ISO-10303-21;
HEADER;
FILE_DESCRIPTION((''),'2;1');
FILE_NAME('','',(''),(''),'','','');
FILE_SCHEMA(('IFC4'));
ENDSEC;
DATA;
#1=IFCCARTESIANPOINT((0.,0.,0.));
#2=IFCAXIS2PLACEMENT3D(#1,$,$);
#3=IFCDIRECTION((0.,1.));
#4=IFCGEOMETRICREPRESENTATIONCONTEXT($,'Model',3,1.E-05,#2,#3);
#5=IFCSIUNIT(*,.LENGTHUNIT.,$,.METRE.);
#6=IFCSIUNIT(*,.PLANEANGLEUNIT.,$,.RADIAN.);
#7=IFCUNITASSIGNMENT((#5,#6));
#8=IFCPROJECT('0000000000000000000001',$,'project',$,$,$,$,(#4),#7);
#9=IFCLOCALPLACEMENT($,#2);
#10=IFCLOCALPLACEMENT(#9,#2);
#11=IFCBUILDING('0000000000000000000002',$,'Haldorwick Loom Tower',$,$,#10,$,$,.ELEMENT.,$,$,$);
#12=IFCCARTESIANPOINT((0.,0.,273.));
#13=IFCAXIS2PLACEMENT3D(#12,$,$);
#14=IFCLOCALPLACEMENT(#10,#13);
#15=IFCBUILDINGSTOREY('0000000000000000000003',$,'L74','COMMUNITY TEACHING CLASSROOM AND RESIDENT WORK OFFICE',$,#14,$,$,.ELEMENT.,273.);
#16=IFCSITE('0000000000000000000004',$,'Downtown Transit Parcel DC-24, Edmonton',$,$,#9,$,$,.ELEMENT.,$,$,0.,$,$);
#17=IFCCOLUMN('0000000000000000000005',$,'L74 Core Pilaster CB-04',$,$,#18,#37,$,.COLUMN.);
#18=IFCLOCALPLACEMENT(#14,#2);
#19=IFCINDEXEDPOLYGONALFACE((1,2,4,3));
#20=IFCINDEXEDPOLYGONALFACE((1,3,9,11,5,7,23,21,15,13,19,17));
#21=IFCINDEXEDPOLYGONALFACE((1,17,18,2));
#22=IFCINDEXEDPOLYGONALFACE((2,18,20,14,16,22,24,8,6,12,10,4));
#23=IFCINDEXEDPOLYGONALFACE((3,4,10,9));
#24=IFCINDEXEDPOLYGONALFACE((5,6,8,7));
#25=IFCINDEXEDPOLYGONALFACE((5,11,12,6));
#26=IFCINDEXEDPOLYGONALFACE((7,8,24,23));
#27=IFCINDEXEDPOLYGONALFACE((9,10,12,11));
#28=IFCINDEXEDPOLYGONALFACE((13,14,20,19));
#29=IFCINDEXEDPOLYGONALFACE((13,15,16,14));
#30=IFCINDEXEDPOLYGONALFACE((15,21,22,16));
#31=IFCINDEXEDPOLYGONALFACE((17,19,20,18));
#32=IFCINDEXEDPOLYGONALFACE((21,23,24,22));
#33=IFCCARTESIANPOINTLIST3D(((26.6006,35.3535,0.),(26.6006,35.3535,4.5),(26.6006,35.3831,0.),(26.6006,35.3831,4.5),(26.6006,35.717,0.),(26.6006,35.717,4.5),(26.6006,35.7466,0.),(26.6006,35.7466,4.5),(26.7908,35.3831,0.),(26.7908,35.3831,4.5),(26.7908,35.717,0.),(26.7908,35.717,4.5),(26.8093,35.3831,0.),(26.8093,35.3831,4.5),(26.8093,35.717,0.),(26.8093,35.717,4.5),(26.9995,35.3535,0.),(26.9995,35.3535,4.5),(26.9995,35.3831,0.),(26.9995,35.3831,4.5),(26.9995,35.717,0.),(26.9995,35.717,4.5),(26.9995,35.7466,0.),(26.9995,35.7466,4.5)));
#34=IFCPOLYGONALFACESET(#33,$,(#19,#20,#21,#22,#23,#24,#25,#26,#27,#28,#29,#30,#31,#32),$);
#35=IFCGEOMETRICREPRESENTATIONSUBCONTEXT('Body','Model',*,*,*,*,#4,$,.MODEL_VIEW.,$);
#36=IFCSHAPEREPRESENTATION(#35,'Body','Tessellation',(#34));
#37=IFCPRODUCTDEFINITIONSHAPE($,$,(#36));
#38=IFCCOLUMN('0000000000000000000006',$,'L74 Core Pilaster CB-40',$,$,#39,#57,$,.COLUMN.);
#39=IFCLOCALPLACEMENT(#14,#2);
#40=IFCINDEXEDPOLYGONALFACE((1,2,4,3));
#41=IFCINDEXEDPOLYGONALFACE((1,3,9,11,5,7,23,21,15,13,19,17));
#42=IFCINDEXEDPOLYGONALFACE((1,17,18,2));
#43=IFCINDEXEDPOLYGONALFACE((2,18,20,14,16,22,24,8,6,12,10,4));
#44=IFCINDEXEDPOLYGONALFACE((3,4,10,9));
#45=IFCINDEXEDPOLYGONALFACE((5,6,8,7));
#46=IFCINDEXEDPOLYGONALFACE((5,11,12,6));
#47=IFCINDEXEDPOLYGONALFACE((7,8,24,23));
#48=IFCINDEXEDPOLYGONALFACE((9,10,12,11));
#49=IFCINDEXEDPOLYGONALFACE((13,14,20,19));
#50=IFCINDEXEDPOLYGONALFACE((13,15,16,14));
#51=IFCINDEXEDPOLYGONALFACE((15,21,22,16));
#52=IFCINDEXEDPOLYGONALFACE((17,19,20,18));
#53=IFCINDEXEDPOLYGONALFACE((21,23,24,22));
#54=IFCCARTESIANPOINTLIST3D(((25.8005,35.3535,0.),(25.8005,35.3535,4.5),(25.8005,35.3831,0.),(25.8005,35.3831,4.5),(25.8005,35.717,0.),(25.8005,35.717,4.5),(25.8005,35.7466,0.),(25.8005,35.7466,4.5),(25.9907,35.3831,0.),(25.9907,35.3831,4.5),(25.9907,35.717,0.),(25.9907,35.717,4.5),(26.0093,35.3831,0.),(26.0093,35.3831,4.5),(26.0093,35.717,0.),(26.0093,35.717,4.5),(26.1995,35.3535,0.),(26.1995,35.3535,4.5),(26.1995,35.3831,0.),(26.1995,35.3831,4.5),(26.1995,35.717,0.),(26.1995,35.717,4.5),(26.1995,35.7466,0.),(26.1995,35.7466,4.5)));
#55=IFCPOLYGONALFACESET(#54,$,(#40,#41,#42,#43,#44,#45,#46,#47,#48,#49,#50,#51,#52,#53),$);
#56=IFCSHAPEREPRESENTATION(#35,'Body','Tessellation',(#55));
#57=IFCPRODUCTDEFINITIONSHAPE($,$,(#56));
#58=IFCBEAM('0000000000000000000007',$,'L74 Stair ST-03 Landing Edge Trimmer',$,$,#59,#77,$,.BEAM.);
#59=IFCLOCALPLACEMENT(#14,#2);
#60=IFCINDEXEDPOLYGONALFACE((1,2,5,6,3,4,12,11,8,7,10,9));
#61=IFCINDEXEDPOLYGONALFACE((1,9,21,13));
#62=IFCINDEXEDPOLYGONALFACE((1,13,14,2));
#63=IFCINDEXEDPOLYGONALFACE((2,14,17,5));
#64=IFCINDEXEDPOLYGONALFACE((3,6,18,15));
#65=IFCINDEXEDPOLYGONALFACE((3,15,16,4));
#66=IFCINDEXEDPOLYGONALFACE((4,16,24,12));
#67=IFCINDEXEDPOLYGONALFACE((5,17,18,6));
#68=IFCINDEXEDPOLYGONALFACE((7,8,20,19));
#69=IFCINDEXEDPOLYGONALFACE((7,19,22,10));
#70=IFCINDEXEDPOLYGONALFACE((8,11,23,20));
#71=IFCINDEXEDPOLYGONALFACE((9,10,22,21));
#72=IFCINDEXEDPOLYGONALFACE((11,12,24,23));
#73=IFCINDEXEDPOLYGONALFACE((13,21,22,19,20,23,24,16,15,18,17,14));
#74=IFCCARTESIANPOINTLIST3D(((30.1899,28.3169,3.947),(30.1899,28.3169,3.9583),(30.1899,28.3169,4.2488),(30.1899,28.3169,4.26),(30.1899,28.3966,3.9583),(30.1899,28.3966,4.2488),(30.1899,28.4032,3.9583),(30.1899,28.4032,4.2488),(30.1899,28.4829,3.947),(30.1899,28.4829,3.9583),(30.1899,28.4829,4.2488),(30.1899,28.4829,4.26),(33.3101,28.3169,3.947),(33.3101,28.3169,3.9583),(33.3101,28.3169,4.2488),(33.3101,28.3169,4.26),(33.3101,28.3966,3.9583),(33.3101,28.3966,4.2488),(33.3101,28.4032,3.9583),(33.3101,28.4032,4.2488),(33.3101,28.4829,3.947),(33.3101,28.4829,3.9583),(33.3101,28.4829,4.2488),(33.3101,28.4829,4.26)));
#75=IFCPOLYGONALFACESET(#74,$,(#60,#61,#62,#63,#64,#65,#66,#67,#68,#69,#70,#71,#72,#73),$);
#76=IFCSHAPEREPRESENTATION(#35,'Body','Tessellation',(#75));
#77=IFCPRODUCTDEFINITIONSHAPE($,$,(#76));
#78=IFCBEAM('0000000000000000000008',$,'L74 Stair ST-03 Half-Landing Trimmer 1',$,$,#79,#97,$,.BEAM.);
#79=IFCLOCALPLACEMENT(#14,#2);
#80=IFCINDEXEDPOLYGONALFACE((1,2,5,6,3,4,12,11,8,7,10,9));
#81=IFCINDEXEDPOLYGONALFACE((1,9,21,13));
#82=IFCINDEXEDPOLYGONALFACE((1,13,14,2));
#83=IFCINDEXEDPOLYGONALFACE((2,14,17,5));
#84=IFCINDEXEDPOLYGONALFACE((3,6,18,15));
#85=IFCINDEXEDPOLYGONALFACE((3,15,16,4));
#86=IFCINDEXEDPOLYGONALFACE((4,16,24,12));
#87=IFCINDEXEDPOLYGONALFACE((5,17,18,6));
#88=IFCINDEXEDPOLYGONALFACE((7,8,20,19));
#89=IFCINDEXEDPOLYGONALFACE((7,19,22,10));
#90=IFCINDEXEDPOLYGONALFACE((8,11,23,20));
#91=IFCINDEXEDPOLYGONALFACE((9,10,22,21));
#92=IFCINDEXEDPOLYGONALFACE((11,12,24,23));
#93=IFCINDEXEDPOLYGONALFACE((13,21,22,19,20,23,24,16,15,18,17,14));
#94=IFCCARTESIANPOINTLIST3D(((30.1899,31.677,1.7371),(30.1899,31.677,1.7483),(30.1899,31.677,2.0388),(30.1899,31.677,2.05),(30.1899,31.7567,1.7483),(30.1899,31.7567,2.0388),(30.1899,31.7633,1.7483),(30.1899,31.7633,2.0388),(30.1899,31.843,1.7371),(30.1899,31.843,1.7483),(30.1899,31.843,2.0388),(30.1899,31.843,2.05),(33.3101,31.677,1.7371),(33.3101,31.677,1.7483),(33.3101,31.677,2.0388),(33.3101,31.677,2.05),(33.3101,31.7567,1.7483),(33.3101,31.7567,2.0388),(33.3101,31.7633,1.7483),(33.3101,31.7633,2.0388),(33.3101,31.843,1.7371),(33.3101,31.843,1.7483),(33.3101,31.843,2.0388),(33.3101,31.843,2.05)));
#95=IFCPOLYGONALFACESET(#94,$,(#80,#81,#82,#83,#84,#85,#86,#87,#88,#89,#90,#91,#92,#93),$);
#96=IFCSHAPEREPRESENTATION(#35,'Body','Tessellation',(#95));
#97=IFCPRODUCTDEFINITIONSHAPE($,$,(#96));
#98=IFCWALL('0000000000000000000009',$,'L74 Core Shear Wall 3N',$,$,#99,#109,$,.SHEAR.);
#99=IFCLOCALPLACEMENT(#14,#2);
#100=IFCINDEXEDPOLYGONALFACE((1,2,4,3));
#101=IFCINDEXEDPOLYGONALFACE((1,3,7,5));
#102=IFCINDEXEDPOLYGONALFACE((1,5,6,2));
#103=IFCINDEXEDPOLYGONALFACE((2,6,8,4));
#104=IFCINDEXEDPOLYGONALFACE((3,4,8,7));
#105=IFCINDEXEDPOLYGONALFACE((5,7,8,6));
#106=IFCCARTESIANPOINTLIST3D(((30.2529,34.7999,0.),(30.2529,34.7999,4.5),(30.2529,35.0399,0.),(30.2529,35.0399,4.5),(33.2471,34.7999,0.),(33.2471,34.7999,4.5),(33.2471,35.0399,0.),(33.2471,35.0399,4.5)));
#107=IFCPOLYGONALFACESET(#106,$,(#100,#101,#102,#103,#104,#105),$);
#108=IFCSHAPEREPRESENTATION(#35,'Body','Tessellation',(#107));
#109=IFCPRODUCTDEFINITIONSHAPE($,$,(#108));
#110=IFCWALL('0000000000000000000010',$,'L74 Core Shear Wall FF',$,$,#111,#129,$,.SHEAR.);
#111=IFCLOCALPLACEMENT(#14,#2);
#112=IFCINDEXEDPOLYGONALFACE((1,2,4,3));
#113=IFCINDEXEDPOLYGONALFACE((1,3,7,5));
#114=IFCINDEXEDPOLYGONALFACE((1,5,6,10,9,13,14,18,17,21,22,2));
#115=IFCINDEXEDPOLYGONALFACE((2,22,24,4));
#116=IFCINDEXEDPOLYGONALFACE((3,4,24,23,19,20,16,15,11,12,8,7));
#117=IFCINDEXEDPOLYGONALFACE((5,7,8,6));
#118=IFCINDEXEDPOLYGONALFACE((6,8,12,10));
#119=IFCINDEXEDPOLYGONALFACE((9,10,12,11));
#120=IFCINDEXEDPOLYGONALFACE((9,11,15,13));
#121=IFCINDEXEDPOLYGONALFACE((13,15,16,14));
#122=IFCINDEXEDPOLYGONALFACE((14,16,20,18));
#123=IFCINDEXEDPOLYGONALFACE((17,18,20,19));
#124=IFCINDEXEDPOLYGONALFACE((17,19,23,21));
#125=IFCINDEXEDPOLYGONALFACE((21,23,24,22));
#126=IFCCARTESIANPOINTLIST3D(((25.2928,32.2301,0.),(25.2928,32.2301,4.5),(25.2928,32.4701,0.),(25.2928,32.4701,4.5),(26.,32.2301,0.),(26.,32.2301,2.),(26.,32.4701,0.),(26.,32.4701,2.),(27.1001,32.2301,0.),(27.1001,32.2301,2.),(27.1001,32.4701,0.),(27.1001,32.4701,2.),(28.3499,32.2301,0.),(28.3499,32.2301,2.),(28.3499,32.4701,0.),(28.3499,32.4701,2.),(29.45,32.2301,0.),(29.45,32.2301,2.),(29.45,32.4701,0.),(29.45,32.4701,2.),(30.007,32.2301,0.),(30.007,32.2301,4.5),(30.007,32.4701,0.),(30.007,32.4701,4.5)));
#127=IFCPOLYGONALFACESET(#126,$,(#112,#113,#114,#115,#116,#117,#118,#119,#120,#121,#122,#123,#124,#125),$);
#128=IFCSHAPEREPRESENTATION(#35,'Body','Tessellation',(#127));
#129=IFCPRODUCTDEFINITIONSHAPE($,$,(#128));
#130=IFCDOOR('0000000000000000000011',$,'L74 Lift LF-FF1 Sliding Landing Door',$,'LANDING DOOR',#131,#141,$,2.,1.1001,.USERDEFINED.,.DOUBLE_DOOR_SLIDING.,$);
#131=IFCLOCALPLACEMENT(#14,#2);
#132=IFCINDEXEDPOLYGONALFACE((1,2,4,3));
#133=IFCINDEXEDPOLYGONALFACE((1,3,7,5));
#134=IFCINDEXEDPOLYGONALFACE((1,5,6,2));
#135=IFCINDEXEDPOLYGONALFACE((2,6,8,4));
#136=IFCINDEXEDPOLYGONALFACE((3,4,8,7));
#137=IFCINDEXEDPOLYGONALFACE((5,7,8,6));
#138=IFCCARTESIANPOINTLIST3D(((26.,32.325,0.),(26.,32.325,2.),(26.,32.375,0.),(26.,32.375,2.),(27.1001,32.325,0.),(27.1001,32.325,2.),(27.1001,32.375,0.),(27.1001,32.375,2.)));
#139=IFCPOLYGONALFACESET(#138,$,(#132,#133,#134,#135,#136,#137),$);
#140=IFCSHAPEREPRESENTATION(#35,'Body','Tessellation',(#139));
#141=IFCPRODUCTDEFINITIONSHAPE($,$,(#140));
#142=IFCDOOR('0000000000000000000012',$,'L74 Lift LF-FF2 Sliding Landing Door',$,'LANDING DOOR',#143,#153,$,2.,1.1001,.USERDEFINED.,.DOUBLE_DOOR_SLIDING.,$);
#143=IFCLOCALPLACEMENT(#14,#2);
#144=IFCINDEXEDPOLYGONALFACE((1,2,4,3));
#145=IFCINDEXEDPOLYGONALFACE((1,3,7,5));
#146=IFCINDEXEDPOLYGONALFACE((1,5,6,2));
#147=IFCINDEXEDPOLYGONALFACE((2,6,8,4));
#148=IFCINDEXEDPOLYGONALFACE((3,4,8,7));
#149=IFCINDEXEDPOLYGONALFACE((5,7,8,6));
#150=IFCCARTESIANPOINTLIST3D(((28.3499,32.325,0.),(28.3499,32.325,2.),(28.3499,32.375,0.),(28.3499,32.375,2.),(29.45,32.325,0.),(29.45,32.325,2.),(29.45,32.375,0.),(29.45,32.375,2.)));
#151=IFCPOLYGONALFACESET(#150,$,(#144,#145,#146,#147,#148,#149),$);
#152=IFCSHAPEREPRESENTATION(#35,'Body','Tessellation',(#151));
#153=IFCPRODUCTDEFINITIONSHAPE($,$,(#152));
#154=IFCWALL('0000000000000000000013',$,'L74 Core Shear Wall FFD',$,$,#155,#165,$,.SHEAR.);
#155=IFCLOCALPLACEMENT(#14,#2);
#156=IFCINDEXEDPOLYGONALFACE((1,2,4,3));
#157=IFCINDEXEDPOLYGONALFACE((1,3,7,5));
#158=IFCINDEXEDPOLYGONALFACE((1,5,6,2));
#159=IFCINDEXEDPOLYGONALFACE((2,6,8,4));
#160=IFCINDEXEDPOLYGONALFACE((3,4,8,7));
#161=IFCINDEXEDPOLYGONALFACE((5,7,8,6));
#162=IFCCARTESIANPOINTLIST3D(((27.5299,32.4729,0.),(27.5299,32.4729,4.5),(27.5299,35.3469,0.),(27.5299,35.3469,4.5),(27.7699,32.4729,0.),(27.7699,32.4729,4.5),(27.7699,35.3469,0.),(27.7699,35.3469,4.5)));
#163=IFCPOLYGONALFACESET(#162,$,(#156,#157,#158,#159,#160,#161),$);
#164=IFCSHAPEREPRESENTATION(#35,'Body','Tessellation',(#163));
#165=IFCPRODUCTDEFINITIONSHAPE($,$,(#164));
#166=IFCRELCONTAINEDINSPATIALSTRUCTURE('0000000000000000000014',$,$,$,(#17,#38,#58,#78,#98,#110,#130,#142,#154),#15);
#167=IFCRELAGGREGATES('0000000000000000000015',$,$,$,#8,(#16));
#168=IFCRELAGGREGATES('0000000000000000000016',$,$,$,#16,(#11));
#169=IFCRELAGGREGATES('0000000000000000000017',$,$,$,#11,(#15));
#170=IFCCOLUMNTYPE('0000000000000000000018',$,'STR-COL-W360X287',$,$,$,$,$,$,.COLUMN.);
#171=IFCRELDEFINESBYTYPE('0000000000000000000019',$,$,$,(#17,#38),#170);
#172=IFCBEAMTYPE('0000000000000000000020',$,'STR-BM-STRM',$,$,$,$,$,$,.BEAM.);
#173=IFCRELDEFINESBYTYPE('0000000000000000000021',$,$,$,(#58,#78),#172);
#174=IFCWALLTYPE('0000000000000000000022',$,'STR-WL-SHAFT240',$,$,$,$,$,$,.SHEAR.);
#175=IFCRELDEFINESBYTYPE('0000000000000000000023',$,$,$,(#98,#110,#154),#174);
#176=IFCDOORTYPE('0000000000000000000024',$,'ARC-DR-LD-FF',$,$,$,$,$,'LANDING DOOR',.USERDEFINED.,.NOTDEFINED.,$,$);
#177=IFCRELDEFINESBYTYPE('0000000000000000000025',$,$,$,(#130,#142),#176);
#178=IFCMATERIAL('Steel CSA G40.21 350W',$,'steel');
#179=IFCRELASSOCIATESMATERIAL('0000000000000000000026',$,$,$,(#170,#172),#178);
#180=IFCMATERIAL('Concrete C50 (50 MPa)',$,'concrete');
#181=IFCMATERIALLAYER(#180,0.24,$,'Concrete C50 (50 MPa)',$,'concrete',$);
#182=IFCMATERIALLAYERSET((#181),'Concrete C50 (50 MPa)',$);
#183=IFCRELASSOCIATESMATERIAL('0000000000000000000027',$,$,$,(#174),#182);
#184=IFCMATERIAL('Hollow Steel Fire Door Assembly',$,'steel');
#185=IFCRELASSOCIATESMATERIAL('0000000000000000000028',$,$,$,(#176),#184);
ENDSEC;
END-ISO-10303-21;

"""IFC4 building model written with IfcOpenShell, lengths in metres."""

from ifc_helpers import new_model, si_unit, direction, frame, frame_2d, origin, origin_2d, place, context, subcontext, project, spatial, rectangle, i_section, extrude, material, layer, layer_set, material_profile, profile_set, type_object, element, fill, save


model = new_model("IFC4")

# Units and contexts
model_context = context("Model", 3, precision=1e-05, world=origin(), true_north=direction((0.0, 1.0)))
body_context = subcontext(model_context, "Body", "Model", "MODEL_VIEW")
ifc_project = project(units=[si_unit("LENGTHUNIT", "METRE"), si_unit("PLANEANGLEUNIT", "RADIAN")], contexts=[model_context])

# Site, building, storey
site_placement = place(None, origin())
site = spatial("IfcSite", under=ifc_project, at=site_placement, Name="Downtown Transit Parcel DC-24, Edmonton", CompositionType="ELEMENT", RefElevation=0.0)
building_placement = place(site_placement, origin())
building = spatial("IfcBuilding", under=site, at=building_placement, Name="Haldorwick Loom Tower", CompositionType="ELEMENT")
storey_placement = place(building_placement, frame((0.0, 0.0, 273.0)))
storey = spatial("IfcBuildingStorey", under=building, at=storey_placement, Name="L74", Description="COMMUNITY TEACHING CLASSROOM AND RESIDENT WORK OFFICE", CompositionType="ELEMENT", Elevation=273.0)

# Columns
ifc_material_1 = material(Name="Steel CSA G40.21 350W", Category="steel")
ifc_material_profile_1 = material_profile(ifc_material_1, i_section(OverallWidth=0.3989, OverallDepth=0.3931, WebThickness=0.0186, FlangeThickness=0.0295, at=origin_2d()), Name="W360X287", Category="steel")
ifc_profile_set_1 = profile_set([ifc_material_profile_1], Name="Steel CSA G40.21 350W")
column_type = type_object("IfcColumnType", Name="STR-COL-W360X287", PredefinedType="COLUMN", material=ifc_profile_set_1)
for number, where, z_axis, x_axis, name in (
    (1, (26.8, 35.55, 0.0), (0.0, 0.0, 1.0), (1.0, 0.0, 0.0), "L74 Core Pilaster CB-04"),
    (2, (26.0, 35.55, 0.0), (0.0, 0.0, 1.0), (1.0, 0.0, 0.0), "L74 Core Pilaster CB-40"),
):
    element("IfcColumn", number, at=place(storey_placement, frame(where, z_axis=z_axis, x_axis=x_axis)), inside=storey, type_object=column_type, Name=name, PredefinedType="COLUMN", context=body_context, shape_type="SweptSolid", body=[
        extrude(i_section(OverallWidth=0.3989, OverallDepth=0.3931, WebThickness=0.0186, FlangeThickness=0.0295, at=origin_2d()), origin(), (0.0, 0.0, 1.0), 4.5),
    ])

# Beams
ifc_material_profile_2 = material_profile(ifc_material_1, i_section(OverallWidth=0.166, OverallDepth=0.313, WebThickness=0.0066, FlangeThickness=0.0112, at=origin_2d()), Name="W310X45", Category="steel")
ifc_profile_set_2 = profile_set([ifc_material_profile_2], Name="Steel CSA G40.21 350W")
beam_type = type_object("IfcBeamType", Name="STR-BM-STRM", PredefinedType="BEAM", material=ifc_profile_set_2)
for number, where, z_axis, x_axis, name in (
    (3, (30.1899, 28.3999, 4.1035), (1.0, 0.0, 0.0), (0.0, 1.0, 0.0), "L74 Stair ST-03 Landing Edge Trimmer"),
    (4, (30.1899, 31.76, 1.8936), (1.0, 0.0, 0.0), (0.0, 1.0, 0.0), "L74 Stair ST-03 Half-Landing Trimmer 1"),
):
    element("IfcBeam", number, at=place(storey_placement, frame(where, z_axis=z_axis, x_axis=x_axis)), inside=storey, type_object=beam_type, Name=name, PredefinedType="BEAM", context=body_context, shape_type="SweptSolid", body=[
        extrude(i_section(OverallWidth=0.166, OverallDepth=0.313, WebThickness=0.0066, FlangeThickness=0.0112, at=origin_2d()), origin(), (0.0, 0.0, 1.0), 3.1201),
    ])

# Wall
ifc_material_2 = material(Name="Concrete C50 (50 MPa)", Category="concrete")
ifc_layer = layer(ifc_material_2, 0.24, Name="Concrete C50 (50 MPa)", Category="concrete")
ifc_layer_set = layer_set([ifc_layer], Name="Concrete C50 (50 MPa)")
wall_type = type_object("IfcWallType", Name="STR-WL-SHAFT240", PredefinedType="SHEAR", material=ifc_layer_set)
wall_1_placement = place(storey_placement, frame((30.2529, 34.9199, 0.0), z_axis=(0.0, 0.0, 1.0), x_axis=(1.0, 0.0, 0.0)))
element("IfcWall", 5, at=wall_1_placement, inside=storey, type_object=wall_type, Name="L74 Core Shear Wall 3N", PredefinedType="SHEAR", context=body_context, shape_type="SweptSolid", body=[
    extrude(rectangle(XDim=2.9941, YDim=0.24, at=frame_2d((1.4971, 0.0))), origin(), (0.0, 0.0, 1.0), 4.5),
])

# Wall, openings, doors
wall_2_placement = place(storey_placement, frame((25.293, 32.3501, 0.0), z_axis=(0.0, 0.0, 1.0), x_axis=(1.0, 0.0, 0.0)))
wall_2 = element("IfcWall", 6, at=wall_2_placement, inside=storey, type_object=wall_type, Name="L74 Core Shear Wall FF", PredefinedType="SHEAR", context=body_context, shape_type="SweptSolid", body=[
    extrude(rectangle(XDim=4.7141, YDim=0.24, at=frame_2d((2.3569, 0.0))), origin(), (0.0, 0.0, 1.0), 4.5),
])
opening_1_placement = place(wall_2_placement, frame((0.707, 0.0, 0.0)))
opening_1 = element("IfcOpeningElement", 7, at=opening_1_placement, cuts=wall_2, PredefinedType="OPENING", context=body_context, shape_type="SweptSolid", body=[
    extrude(rectangle(XDim=1.1001, YDim=2.0, at=frame_2d((0.55, 1.0))), frame((0.0, 0.1299, 0.0), z_axis=(0.0, -1.0, 0.0), x_axis=(1.0, 0.0, 0.0)), (0.0, 0.0, 1.0), 0.26),
])
opening_2_placement = place(wall_2_placement, frame((3.0569, 0.0, 0.0)))
opening_2 = element("IfcOpeningElement", 8, at=opening_2_placement, cuts=wall_2, PredefinedType="OPENING", context=body_context, shape_type="SweptSolid", body=[
    extrude(rectangle(XDim=1.1001, YDim=2.0, at=frame_2d((0.55, 1.0))), frame((0.0, 0.1299, 0.0), z_axis=(0.0, -1.0, 0.0), x_axis=(1.0, 0.0, 0.0)), (0.0, 0.0, 1.0), 0.26),
])
ifc_material_3 = material(Name="Hollow Steel Fire Door Assembly", Category="steel")
door_type_1 = type_object("IfcDoorType", Name="ARC-DR-LD-FF", ElementType="LANDING DOOR", OperationType="NOTDEFINED", PredefinedType="USERDEFINED", material=ifc_material_3)
door_1_placement = place(opening_1_placement, origin())
door_1 = element("IfcDoor", 9, at=door_1_placement, inside=storey, type_object=door_type_1, Name="L74 Lift LF-FF1 Sliding Landing Door", ObjectType="LANDING DOOR", OperationType="DOUBLE_DOOR_SLIDING", OverallHeight=2.0, OverallWidth=1.1001, PredefinedType="USERDEFINED", context=body_context, shape_type="SweptSolid", body=[
    extrude(rectangle(XDim=1.1001, YDim=2.0, at=frame_2d((0.55, 1.0))), frame((0.0, 0.0249, 0.0), z_axis=(0.0, -1.0, 0.0), x_axis=(1.0, 0.0, 0.0)), (0.0, 0.0, 1.0), 0.05),
])
fill(opening_1, door_1)
door_2_placement = place(opening_2_placement, origin())
door_2 = element("IfcDoor", 10, at=door_2_placement, inside=storey, type_object=door_type_1, Name="L74 Lift LF-FF2 Sliding Landing Door", ObjectType="LANDING DOOR", OperationType="DOUBLE_DOOR_SLIDING", OverallHeight=2.0, OverallWidth=1.1001, PredefinedType="USERDEFINED", context=body_context, shape_type="SweptSolid", body=[
    extrude(rectangle(XDim=1.1001, YDim=2.0, at=frame_2d((0.55, 1.0))), frame((0.0, 0.0249, 0.0), z_axis=(0.0, -1.0, 0.0), x_axis=(1.0, 0.0, 0.0)), (0.0, 0.0, 1.0), 0.05),
])
fill(opening_2, door_2)

# Wall
wall_3_placement = place(storey_placement, frame((27.6499, 32.4729, 0.0), z_axis=(0.0, 0.0, 1.0), x_axis=(0.0, 1.0, 0.0)))
element("IfcWall", 11, at=wall_3_placement, inside=storey, type_object=wall_type, Name="L74 Core Shear Wall FFD", PredefinedType="SHEAR", context=body_context, shape_type="SweptSolid", body=[
    extrude(rectangle(XDim=2.874, YDim=0.24, at=frame_2d((1.437, 0.0))), origin(), (0.0, 0.0, 1.0), 4.5),
])

save(model, "model.ifc")
